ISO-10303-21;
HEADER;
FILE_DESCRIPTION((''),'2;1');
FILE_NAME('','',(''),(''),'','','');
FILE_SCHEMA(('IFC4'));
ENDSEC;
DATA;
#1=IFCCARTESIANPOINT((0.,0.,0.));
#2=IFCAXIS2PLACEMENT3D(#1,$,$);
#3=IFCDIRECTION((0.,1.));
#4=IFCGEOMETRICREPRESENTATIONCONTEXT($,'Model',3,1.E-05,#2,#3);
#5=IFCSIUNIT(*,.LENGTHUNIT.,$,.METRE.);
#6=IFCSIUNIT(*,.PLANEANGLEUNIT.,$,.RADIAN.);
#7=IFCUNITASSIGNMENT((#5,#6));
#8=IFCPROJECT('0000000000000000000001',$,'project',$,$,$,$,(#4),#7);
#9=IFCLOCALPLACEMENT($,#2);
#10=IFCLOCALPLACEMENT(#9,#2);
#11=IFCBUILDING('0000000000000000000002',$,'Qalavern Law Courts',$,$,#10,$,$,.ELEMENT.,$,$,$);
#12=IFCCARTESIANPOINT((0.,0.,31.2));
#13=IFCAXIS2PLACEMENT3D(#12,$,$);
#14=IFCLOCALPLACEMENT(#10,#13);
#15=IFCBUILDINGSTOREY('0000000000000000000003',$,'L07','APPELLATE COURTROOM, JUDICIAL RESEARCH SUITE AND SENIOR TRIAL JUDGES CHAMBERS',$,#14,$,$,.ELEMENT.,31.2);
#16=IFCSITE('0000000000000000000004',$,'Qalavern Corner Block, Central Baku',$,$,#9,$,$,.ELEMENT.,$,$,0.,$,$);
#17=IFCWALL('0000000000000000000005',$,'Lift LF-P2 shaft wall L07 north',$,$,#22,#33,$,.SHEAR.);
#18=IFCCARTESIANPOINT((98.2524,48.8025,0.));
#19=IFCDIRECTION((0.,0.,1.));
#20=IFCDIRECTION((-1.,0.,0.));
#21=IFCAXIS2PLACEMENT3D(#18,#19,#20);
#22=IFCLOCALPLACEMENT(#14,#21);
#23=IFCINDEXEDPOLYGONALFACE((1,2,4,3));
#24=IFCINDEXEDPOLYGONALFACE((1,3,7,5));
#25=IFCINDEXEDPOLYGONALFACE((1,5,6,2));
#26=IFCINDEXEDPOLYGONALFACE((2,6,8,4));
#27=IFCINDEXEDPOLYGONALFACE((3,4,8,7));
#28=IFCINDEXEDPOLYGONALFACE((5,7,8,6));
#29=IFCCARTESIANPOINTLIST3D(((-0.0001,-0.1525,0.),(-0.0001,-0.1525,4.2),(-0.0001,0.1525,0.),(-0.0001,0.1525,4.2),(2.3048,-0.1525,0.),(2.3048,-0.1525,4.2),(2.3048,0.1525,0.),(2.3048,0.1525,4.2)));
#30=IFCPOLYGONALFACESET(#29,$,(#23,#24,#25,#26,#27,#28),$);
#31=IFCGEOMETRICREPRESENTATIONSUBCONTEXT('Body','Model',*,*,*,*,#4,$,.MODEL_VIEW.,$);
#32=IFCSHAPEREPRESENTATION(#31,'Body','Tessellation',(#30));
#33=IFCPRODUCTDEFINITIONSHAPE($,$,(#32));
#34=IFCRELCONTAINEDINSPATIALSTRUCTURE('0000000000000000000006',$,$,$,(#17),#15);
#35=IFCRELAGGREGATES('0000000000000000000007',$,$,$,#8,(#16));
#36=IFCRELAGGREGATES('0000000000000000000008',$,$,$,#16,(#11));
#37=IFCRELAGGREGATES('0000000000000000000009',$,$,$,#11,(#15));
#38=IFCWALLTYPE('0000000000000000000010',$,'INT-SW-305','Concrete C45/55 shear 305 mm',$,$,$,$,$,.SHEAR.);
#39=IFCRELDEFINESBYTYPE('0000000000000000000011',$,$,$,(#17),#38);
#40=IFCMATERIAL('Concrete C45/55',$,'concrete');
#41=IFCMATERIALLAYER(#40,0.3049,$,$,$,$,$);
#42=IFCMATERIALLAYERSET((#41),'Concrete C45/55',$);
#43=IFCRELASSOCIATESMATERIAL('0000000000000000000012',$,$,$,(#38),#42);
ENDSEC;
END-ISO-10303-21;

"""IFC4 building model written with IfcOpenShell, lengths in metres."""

from ifc_helpers import new_model, si_unit, direction, frame, frame_2d, origin, place, context, subcontext, project, spatial, rectangle, extrude, material, layer, layer_set, type_object, element, save


model = new_model("IFC4")

# Units and contexts
model_context = context("Model", 3, precision=1e-05, world=origin(), true_north=direction((0.0, 1.0)))
body_context = subcontext(model_context, "Body", "Model", "MODEL_VIEW")
ifc_project = project(units=[si_unit("LENGTHUNIT", "METRE"), si_unit("PLANEANGLEUNIT", "RADIAN")], contexts=[model_context])

# Site, building, storey
site_placement = place(None, origin())
site = spatial("IfcSite", under=ifc_project, at=site_placement, Name="Qalavern Corner Block, Central Baku", CompositionType="ELEMENT", RefElevation=0.0)
building_placement = place(site_placement, origin())
building = spatial("IfcBuilding", under=site, at=building_placement, Name="Qalavern Law Courts", CompositionType="ELEMENT")
storey_placement = place(building_placement, frame((0.0, 0.0, 31.2)))
storey = spatial("IfcBuildingStorey", under=building, at=storey_placement, Name="L07", Description="APPELLATE COURTROOM, JUDICIAL RESEARCH SUITE AND SENIOR TRIAL JUDGES CHAMBERS", CompositionType="ELEMENT", Elevation=31.2)

# Shared definitions
ifc_material_1 = material(Name="Concrete C45/55", Category="concrete")

# Wall
ifc_layer_1 = layer(ifc_material_1, 0.3049)
ifc_layer_set_1 = layer_set([ifc_layer_1], Name="Concrete C45/55")
wall_type_1 = type_object("IfcWallType", Name="INT-SW-305", Description="Concrete C45/55 shear 305 mm", PredefinedType="SHEAR", material=ifc_layer_set_1)
for number, where, z_axis, x_axis, name in (
    (1, (98.2524, 48.8025, 0.0), (0.0, 0.0, 1.0), (-1.0, 0.0, 0.0), "Lift LF-P2 shaft wall L07 north"),
):
    element("IfcWall", number, at=place(storey_placement, frame(where, z_axis=z_axis, x_axis=x_axis)), inside=storey, type_object=wall_type_1, Name=name, PredefinedType="SHEAR", context=body_context, shape_type="SweptSolid", body=[
        extrude(rectangle(XDim=2.3049, YDim=0.3049, at=frame_2d((1.1523, 0.0))), origin(), (0.0, 0.0, 1.0), 4.2),
    ])

save(model, "model.ifc")
